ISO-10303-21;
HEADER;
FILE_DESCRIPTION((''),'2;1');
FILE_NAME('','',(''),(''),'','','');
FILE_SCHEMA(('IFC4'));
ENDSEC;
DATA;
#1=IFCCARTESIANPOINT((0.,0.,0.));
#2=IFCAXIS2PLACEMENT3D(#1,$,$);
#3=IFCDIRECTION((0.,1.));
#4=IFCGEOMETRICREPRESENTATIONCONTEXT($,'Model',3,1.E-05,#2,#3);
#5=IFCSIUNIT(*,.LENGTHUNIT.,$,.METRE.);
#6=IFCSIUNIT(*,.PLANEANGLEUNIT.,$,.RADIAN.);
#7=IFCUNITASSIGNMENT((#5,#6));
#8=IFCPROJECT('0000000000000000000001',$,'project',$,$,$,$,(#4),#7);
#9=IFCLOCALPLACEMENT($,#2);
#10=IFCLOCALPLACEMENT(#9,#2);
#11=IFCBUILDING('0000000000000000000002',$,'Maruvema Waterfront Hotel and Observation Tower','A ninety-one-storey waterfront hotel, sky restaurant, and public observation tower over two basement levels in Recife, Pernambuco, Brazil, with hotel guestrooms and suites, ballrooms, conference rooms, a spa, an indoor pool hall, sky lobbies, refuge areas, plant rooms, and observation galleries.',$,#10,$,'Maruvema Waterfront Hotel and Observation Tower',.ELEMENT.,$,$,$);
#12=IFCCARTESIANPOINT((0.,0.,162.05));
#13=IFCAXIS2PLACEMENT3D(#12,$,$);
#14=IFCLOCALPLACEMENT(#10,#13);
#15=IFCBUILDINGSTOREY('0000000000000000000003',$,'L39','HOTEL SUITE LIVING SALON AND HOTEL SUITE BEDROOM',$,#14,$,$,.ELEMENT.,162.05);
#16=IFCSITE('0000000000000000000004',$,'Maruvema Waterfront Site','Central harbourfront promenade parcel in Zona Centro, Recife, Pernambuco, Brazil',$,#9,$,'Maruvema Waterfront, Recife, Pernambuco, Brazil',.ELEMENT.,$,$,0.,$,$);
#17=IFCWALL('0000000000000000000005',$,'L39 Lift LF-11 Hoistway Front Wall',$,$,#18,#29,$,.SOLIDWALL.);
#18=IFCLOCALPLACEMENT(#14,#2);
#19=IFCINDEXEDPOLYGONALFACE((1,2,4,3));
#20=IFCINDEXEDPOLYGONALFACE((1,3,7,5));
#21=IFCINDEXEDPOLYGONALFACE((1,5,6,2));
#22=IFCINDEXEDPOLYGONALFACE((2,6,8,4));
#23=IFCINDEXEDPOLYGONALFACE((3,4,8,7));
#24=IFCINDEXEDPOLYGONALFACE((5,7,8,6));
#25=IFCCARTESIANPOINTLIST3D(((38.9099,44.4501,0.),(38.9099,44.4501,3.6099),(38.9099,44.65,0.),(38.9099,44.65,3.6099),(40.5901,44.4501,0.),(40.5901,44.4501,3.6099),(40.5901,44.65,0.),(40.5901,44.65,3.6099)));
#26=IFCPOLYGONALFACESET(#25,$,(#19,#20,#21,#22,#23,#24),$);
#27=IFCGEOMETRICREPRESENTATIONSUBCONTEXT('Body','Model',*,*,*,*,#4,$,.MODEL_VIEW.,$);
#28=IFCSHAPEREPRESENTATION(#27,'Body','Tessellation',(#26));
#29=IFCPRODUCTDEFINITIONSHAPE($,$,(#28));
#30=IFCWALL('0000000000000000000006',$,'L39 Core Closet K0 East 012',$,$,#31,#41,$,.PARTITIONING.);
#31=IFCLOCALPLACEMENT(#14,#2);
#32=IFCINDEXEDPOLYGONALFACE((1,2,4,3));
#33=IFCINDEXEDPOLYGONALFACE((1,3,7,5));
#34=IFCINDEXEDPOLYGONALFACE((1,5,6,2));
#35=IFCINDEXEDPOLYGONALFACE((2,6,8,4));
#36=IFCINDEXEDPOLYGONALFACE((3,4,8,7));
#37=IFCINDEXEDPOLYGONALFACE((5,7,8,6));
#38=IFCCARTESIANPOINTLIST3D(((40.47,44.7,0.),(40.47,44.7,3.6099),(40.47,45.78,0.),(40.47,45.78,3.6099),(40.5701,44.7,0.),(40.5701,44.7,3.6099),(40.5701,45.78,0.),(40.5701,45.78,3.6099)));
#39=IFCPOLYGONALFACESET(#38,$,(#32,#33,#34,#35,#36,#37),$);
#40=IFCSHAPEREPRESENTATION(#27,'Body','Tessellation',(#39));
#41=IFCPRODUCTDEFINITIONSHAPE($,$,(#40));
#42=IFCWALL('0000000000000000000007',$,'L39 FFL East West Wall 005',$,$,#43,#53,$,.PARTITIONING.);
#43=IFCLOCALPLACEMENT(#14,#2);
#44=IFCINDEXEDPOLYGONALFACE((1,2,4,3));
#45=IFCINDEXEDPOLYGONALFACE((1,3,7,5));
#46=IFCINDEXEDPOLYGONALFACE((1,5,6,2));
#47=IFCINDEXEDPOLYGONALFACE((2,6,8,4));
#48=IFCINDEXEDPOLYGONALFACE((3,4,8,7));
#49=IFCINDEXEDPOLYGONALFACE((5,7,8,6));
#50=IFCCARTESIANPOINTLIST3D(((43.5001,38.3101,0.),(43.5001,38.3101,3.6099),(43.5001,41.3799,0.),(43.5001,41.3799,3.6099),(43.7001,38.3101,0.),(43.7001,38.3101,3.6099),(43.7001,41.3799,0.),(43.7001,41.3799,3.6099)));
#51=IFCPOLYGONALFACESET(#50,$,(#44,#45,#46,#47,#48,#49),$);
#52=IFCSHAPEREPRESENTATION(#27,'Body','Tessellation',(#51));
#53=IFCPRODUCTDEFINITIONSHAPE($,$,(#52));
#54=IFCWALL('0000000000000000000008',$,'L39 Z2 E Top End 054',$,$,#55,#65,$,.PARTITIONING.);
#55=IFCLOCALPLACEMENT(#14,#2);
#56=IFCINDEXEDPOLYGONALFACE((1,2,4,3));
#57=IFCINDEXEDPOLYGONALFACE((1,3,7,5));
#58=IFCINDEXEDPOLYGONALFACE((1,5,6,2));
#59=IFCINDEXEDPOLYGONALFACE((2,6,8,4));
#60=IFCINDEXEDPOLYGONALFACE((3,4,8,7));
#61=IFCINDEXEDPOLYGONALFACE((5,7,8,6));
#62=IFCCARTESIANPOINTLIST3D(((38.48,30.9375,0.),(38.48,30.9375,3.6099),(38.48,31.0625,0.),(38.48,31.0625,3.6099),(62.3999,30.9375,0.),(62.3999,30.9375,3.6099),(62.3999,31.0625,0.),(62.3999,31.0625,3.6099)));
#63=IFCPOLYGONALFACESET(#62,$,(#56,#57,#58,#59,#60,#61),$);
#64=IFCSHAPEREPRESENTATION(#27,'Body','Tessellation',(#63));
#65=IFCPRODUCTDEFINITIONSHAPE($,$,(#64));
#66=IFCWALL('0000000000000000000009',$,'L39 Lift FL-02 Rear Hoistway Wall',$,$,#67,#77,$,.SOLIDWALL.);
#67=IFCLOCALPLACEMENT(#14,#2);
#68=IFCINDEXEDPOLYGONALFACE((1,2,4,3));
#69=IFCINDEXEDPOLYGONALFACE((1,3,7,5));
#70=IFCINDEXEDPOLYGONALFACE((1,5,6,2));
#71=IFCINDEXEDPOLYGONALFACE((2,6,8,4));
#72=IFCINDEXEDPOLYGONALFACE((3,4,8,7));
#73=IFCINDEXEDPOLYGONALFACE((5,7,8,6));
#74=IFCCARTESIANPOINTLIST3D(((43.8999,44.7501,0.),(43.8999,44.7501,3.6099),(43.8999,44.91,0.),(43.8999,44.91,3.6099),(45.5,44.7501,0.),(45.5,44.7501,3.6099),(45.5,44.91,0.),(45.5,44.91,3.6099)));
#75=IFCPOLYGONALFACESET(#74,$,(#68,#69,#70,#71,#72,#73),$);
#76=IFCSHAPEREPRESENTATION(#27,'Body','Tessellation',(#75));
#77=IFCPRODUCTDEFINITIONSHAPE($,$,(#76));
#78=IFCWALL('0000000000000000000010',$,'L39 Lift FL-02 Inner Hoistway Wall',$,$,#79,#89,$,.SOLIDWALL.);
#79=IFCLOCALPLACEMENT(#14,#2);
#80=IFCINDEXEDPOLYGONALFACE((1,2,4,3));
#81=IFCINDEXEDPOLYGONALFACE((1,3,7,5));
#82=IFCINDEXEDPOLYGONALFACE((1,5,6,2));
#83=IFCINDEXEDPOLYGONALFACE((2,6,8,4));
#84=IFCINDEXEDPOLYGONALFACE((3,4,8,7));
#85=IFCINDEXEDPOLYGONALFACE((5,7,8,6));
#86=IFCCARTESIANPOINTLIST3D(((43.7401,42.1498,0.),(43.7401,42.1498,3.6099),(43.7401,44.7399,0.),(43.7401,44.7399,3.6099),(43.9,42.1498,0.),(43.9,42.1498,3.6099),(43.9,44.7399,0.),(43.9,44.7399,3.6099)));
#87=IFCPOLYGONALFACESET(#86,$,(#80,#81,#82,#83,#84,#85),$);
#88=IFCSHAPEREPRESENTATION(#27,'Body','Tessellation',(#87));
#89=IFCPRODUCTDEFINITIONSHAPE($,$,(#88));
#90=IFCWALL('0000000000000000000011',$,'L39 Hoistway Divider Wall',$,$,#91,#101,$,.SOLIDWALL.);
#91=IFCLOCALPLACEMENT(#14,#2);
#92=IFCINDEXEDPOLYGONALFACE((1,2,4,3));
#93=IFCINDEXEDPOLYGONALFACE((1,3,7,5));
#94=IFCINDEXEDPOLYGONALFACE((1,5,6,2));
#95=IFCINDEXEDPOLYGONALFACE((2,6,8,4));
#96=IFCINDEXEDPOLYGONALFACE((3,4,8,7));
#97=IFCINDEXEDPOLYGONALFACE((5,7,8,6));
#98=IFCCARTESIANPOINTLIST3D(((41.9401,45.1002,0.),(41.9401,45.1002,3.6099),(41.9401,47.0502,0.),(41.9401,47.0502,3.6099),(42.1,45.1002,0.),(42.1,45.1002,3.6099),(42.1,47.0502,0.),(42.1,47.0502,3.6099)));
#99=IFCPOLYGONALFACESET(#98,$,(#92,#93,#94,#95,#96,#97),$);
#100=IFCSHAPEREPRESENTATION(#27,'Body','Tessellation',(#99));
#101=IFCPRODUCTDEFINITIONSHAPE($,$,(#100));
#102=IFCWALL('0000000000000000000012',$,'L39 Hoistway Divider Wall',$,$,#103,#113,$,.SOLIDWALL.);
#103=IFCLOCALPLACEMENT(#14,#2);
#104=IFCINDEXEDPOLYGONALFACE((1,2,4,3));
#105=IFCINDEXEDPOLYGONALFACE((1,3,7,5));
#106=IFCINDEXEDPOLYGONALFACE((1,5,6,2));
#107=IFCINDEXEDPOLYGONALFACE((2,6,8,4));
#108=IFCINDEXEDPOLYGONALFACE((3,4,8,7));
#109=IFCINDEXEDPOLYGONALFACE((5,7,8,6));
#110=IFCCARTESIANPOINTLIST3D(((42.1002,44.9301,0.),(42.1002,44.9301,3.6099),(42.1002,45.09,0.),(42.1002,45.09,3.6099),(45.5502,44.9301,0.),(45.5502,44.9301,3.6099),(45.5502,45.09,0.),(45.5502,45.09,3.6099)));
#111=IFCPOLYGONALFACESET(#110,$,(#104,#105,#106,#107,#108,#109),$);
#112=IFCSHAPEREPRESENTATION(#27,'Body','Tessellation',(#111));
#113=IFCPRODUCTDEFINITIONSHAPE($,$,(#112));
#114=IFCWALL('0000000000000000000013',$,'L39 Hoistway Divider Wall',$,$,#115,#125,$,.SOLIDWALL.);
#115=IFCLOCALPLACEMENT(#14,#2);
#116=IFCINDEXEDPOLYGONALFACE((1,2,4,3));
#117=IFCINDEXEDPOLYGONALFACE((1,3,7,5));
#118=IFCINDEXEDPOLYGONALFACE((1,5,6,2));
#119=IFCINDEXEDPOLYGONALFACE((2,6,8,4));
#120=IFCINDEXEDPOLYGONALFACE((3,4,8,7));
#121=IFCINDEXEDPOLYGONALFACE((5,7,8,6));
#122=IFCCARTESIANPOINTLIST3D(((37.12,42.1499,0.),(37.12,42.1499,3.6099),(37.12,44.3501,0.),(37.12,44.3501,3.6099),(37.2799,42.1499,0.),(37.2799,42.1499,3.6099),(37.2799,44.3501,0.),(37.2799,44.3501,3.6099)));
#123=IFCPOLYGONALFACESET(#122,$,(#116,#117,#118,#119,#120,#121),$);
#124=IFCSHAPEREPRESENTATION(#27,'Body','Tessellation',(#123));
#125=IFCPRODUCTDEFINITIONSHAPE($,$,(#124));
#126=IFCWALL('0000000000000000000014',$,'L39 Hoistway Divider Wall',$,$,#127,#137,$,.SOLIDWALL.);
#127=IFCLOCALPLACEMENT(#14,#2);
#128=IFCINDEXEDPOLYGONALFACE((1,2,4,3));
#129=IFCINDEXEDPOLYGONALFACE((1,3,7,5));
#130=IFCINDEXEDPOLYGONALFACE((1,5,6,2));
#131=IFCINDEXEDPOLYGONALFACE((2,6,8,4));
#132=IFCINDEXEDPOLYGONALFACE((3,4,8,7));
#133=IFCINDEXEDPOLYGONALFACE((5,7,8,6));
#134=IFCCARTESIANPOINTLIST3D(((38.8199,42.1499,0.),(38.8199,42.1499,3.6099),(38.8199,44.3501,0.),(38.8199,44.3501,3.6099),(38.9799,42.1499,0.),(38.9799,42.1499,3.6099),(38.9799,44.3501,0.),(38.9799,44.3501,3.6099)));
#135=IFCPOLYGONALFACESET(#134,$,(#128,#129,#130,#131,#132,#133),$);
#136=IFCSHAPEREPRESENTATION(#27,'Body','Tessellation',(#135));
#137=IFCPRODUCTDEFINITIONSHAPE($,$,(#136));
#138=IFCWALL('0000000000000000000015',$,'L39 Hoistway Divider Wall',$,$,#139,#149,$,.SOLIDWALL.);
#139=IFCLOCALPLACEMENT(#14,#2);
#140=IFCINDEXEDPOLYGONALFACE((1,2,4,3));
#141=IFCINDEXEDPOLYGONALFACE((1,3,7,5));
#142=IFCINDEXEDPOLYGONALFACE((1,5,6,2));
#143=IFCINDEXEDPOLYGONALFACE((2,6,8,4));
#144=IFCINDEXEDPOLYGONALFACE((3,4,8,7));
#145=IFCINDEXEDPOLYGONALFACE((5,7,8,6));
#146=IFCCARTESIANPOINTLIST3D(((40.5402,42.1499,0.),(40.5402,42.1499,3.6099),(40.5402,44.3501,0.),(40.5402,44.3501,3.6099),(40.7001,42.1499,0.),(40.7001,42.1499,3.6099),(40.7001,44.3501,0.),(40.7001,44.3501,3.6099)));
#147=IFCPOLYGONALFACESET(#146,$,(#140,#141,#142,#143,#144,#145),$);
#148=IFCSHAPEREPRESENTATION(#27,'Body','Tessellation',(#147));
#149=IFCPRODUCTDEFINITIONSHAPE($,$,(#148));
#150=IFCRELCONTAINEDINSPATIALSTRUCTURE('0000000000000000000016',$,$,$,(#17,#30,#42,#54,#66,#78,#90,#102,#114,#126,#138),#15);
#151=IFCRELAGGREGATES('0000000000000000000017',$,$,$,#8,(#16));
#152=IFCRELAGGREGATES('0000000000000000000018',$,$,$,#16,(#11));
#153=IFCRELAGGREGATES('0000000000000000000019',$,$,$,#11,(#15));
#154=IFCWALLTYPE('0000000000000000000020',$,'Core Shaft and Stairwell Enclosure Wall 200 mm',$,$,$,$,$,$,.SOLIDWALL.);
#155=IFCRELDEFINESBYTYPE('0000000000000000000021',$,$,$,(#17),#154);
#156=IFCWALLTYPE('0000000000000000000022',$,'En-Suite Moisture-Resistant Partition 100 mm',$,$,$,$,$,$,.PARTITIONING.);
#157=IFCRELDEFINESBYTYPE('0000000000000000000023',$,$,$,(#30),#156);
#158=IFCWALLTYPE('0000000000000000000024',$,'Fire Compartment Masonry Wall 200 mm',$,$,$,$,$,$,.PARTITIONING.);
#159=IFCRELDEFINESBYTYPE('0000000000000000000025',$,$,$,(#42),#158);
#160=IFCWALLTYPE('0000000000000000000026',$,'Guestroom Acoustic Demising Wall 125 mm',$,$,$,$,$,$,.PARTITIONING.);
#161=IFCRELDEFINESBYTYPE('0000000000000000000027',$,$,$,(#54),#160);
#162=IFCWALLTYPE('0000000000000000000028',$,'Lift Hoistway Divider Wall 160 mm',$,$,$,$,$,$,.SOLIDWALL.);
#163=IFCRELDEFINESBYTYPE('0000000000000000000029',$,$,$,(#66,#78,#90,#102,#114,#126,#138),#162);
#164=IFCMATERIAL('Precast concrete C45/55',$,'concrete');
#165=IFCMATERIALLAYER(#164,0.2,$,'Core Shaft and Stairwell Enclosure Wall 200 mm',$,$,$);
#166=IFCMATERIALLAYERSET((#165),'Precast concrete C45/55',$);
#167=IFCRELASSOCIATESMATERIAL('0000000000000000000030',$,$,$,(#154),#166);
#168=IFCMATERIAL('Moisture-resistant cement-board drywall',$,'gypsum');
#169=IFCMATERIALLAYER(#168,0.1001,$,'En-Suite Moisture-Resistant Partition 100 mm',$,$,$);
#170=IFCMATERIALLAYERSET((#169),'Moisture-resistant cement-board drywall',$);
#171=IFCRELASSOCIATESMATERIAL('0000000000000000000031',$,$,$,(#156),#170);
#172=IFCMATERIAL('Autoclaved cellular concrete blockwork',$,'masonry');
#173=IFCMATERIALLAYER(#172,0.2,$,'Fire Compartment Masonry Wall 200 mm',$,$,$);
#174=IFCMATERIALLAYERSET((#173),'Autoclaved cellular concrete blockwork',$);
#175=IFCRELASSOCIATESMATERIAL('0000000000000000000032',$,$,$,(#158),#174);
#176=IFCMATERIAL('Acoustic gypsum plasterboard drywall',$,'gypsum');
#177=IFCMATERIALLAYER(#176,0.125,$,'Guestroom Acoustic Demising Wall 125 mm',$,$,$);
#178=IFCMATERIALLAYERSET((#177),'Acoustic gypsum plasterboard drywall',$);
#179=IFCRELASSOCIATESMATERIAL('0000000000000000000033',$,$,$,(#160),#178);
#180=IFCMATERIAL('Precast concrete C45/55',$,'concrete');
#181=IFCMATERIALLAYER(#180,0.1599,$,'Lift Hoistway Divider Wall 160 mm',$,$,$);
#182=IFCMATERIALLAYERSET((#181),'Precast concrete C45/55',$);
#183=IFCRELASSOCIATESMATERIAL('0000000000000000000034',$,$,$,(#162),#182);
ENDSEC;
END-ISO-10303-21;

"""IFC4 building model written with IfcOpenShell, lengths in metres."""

from ifc_helpers import new_model, si_unit, direction, frame, frame_2d, origin, place, context, subcontext, project, spatial, rectangle, extrude, material, layer, layer_set, type_object, element, save


model = new_model("IFC4")

# Units and contexts
model_context = context("Model", 3, precision=1e-05, world=origin(), true_north=direction((0.0, 1.0)))
body_context = subcontext(model_context, "Body", "Model", "MODEL_VIEW")
ifc_project = project(units=[si_unit("LENGTHUNIT", "METRE"), si_unit("PLANEANGLEUNIT", "RADIAN")], contexts=[model_context])

# Site, building, storey
site_placement = place(None, origin())
site = spatial("IfcSite", under=ifc_project, at=site_placement, Name="Maruvema Waterfront Site", Description="Central harbourfront promenade parcel in Zona Centro, Recife, Pernambuco, Brazil", LongName="Maruvema Waterfront, Recife, Pernambuco, Brazil", CompositionType="ELEMENT", RefElevation=0.0)
building_placement = place(site_placement, origin())
building = spatial("IfcBuilding", under=site, at=building_placement, Name="Maruvema Waterfront Hotel and Observation Tower", Description="A ninety-one-storey waterfront hotel, sky restaurant, and public observation tower over two basement levels in Recife, Pernambuco, Brazil, with hotel guestrooms and suites, ballrooms, conference rooms, a spa, an indoor pool hall, sky lobbies, refuge areas, plant rooms, and observation galleries.", LongName="Maruvema Waterfront Hotel and Observation Tower", CompositionType="ELEMENT")
storey_placement = place(building_placement, frame((0.0, 0.0, 162.05)))
storey = spatial("IfcBuildingStorey", under=building, at=storey_placement, Name="L39", Description="HOTEL SUITE LIVING SALON AND HOTEL SUITE BEDROOM", CompositionType="ELEMENT", Elevation=162.05)

# Wall
ifc_material_1 = material(Name="Precast concrete C45/55", Category="concrete")
ifc_layer_1 = layer(ifc_material_1, 0.2, Name="Core Shaft and Stairwell Enclosure Wall 200 mm")
ifc_layer_set_1 = layer_set([ifc_layer_1], Name="Precast concrete C45/55")
wall_type_1 = type_object("IfcWallType", Name="Core Shaft and Stairwell Enclosure Wall 200 mm", PredefinedType="SOLIDWALL", material=ifc_layer_set_1)
wall_1_placement = place(storey_placement, frame((38.9099, 44.55, 0.0), z_axis=(0.0, 0.0, 1.0), x_axis=(1.0, 0.0, 0.0)))
element("IfcWall", 1, at=wall_1_placement, inside=storey, type_object=wall_type_1, Name="L39 Lift LF-11 Hoistway Front Wall", PredefinedType="SOLIDWALL", context=body_context, shape_type="SweptSolid", body=[
    extrude(rectangle(XDim=1.6802, YDim=0.2, at=frame_2d((0.8401, 0.0))), origin(), (0.0, 0.0, 1.0), 3.6099),
])

# Wall
ifc_material_2 = material(Name="Moisture-resistant cement-board drywall", Category="gypsum")
ifc_layer_2 = layer(ifc_material_2, 0.1001, Name="En-Suite Moisture-Resistant Partition 100 mm")
ifc_layer_set_2 = layer_set([ifc_layer_2], Name="Moisture-resistant cement-board drywall")
wall_type_2 = type_object("IfcWallType", Name="En-Suite Moisture-Resistant Partition 100 mm", PredefinedType="PARTITIONING", material=ifc_layer_set_2)
wall_2_placement = place(storey_placement, frame((40.52, 44.7, 0.0), z_axis=(0.0, 0.0, 1.0), x_axis=(0.0, 1.0, 0.0)))
element("IfcWall", 2, at=wall_2_placement, inside=storey, type_object=wall_type_2, Name="L39 Core Closet K0 East 012", PredefinedType="PARTITIONING", context=body_context, shape_type="SweptSolid", body=[
    extrude(rectangle(XDim=1.0801, YDim=0.1001, at=frame_2d((0.54, 0.0))), origin(), (0.0, 0.0, 1.0), 3.6099),
])

# Shared definitions
ifc_material_3 = material(Name="Autoclaved cellular concrete blockwork", Category="masonry")
ifc_layer_3 = layer(ifc_material_3, 0.2, Name="Fire Compartment Masonry Wall 200 mm")
ifc_layer_set_3 = layer_set([ifc_layer_3], Name="Autoclaved cellular concrete blockwork")
wall_type_3 = type_object("IfcWallType", Name="Fire Compartment Masonry Wall 200 mm", PredefinedType="PARTITIONING", material=ifc_layer_set_3)

# Walls
wall_3_placement = place(storey_placement, frame((43.6001, 38.3101, 0.0), z_axis=(0.0, 0.0, 1.0), x_axis=(0.0, 1.0, 0.0)))
element("IfcWall", 3, at=wall_3_placement, inside=storey, type_object=wall_type_3, Name="L39 FFL East West Wall 005", PredefinedType="PARTITIONING", context=body_context, shape_type="SweptSolid", body=[
    extrude(rectangle(XDim=3.0698, YDim=0.2, at=frame_2d((1.5349, 0.0))), origin(), (0.0, 0.0, 1.0), 3.6099),
])
ifc_material_4 = material(Name="Acoustic gypsum plasterboard drywall", Category="gypsum")
ifc_layer_4 = layer(ifc_material_4, 0.125, Name="Guestroom Acoustic Demising Wall 125 mm")
ifc_layer_set_4 = layer_set([ifc_layer_4], Name="Acoustic gypsum plasterboard drywall")
wall_type_4 = type_object("IfcWallType", Name="Guestroom Acoustic Demising Wall 125 mm", PredefinedType="PARTITIONING", material=ifc_layer_set_4)
wall_4_placement = place(storey_placement, frame((38.48, 31.0, 0.0), z_axis=(0.0, 0.0, 1.0), x_axis=(1.0, 0.0, 0.0)))
element("IfcWall", 4, at=wall_4_placement, inside=storey, type_object=wall_type_4, Name="L39 Z2 E Top End 054", PredefinedType="PARTITIONING", context=body_context, shape_type="SweptSolid", body=[
    extrude(rectangle(XDim=23.9199, YDim=0.125, at=frame_2d((11.96, 0.0))), origin(), (0.0, 0.0, 1.0), 3.6099),
])
ifc_material_5 = material(Name="Precast concrete C45/55", Category="concrete")
ifc_layer_5 = layer(ifc_material_5, 0.1599, Name="Lift Hoistway Divider Wall 160 mm")
ifc_layer_set_5 = layer_set([ifc_layer_5], Name="Precast concrete C45/55")
wall_type_5 = type_object("IfcWallType", Name="Lift Hoistway Divider Wall 160 mm", PredefinedType="SOLIDWALL", material=ifc_layer_set_5)
wall_5_placement = place(storey_placement, frame((43.8999, 44.8301, 0.0), z_axis=(0.0, 0.0, 1.0), x_axis=(1.0, 0.0, 0.0)))
element("IfcWall", 5, at=wall_5_placement, inside=storey, type_object=wall_type_5, Name="L39 Lift FL-02 Rear Hoistway Wall", PredefinedType="SOLIDWALL", context=body_context, shape_type="SweptSolid", body=[
    extrude(rectangle(XDim=1.6001, YDim=0.1599, at=frame_2d((0.8, 0.0))), origin(), (0.0, 0.0, 1.0), 3.6099),
])
wall_6_placement = place(storey_placement, frame((43.8201, 42.1499, 0.0), z_axis=(0.0, 0.0, 1.0), x_axis=(0.0, 1.0, 0.0)))
element("IfcWall", 6, at=wall_6_placement, inside=storey, type_object=wall_type_5, Name="L39 Lift FL-02 Inner Hoistway Wall", PredefinedType="SOLIDWALL", context=body_context, shape_type="SweptSolid", body=[
    extrude(rectangle(XDim=2.5901, YDim=0.1599, at=frame_2d((1.2949, 0.0))), origin(), (0.0, 0.0, 1.0), 3.6099),
])
wall_7_placement = place(storey_placement, frame((42.02, 45.1001, 0.0), z_axis=(0.0, 0.0, 1.0), x_axis=(0.0, 1.0, 0.0)))
element("IfcWall", 7, at=wall_7_placement, inside=storey, type_object=wall_type_5, Name="L39 Hoistway Divider Wall", PredefinedType="SOLIDWALL", context=body_context, shape_type="SweptSolid", body=[
    extrude(rectangle(XDim=1.95, YDim=0.1599, at=frame_2d((0.9751, 0.0))), origin(), (0.0, 0.0, 1.0), 3.6099),
])
wall_8_placement = place(storey_placement, frame((42.1001, 45.01, 0.0), z_axis=(0.0, 0.0, 1.0), x_axis=(1.0, 0.0, 0.0)))
element("IfcWall", 8, at=wall_8_placement, inside=storey, type_object=wall_type_5, Name="L39 Hoistway Divider Wall", PredefinedType="SOLIDWALL", context=body_context, shape_type="SweptSolid", body=[
    extrude(rectangle(XDim=3.45, YDim=0.1599, at=frame_2d((1.7251, 0.0))), origin(), (0.0, 0.0, 1.0), 3.6099),
])
for number, where, z_axis, x_axis, name in (
    (9, (37.2, 42.1499, 0.0), (0.0, 0.0, 1.0), (0.0, 1.0, 0.0), "L39 Hoistway Divider Wall"),
    (10, (38.8999, 42.1499, 0.0), (0.0, 0.0, 1.0), (0.0, 1.0, 0.0), "L39 Hoistway Divider Wall"),
    (11, (40.6201, 42.1499, 0.0), (0.0, 0.0, 1.0), (0.0, 1.0, 0.0), "L39 Hoistway Divider Wall"),
):
    element("IfcWall", number, at=place(storey_placement, frame(where, z_axis=z_axis, x_axis=x_axis)), inside=storey, type_object=wall_type_5, Name=name, PredefinedType="SOLIDWALL", context=body_context, shape_type="SweptSolid", body=[
        extrude(rectangle(XDim=2.2002, YDim=0.1599, at=frame_2d((1.1001, 0.0))), origin(), (0.0, 0.0, 1.0), 3.6099),
    ])

save(model, "model.ifc")
